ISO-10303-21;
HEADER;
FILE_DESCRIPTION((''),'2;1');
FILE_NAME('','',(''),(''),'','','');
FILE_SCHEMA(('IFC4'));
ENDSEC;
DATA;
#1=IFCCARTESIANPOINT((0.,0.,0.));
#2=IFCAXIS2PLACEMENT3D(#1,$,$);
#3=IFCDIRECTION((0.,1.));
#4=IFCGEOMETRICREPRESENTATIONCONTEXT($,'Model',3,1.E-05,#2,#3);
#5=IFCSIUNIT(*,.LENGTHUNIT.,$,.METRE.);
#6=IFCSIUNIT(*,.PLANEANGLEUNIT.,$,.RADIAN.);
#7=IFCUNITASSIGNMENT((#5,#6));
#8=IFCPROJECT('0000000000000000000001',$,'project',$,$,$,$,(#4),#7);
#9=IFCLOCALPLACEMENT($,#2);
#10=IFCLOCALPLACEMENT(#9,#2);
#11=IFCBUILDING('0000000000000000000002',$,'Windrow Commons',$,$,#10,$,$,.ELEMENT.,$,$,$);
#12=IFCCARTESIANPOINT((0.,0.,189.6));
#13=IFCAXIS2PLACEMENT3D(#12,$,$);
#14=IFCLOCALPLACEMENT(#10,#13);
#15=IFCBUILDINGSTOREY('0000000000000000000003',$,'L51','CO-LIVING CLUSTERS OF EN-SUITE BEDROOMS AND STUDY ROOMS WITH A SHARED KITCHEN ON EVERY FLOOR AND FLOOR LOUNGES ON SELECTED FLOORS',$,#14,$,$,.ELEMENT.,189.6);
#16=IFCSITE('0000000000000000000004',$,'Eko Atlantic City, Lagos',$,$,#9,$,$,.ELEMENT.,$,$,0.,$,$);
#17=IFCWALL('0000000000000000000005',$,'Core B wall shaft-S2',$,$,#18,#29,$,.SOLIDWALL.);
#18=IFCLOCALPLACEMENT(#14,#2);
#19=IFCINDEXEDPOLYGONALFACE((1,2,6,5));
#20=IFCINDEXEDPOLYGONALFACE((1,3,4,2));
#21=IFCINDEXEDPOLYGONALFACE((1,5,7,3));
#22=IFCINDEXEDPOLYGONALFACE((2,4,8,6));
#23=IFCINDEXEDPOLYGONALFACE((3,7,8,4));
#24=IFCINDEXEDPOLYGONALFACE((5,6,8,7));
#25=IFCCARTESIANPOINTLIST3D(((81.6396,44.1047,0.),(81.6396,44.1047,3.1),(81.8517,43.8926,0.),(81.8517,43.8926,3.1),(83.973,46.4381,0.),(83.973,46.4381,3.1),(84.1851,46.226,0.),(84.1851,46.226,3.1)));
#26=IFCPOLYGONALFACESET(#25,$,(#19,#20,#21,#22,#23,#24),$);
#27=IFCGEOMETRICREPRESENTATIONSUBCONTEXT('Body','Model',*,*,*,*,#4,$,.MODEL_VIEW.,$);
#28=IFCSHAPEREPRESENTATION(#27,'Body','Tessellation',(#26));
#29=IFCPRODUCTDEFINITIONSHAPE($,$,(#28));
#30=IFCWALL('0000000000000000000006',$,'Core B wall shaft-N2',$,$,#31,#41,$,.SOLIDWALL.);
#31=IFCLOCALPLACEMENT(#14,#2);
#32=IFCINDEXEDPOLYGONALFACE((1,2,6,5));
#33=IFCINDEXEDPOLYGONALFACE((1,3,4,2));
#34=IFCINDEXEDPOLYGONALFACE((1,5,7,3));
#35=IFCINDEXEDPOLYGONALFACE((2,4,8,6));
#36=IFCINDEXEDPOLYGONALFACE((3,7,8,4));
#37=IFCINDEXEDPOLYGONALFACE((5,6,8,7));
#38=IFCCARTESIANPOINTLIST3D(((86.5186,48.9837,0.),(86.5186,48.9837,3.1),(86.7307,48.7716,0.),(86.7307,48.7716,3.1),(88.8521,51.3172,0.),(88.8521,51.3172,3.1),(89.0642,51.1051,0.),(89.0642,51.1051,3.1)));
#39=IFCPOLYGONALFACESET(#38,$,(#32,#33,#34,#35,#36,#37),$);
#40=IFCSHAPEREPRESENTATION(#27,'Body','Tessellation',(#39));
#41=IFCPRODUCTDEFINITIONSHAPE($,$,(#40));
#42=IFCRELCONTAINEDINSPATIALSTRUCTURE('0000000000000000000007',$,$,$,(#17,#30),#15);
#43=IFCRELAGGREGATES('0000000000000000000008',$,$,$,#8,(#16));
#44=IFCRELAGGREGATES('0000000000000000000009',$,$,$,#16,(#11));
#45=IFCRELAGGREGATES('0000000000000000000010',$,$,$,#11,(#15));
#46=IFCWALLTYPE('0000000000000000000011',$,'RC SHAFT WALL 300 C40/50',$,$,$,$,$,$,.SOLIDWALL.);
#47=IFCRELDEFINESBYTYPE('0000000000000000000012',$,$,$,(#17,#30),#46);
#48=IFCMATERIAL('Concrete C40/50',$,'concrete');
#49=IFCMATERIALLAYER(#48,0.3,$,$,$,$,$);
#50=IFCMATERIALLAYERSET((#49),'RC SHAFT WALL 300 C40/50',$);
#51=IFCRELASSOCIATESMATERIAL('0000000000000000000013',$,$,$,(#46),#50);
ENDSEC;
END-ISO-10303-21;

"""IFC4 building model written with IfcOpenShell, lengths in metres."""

from ifc_helpers import new_model, si_unit, direction, frame, frame_2d, origin, place, context, subcontext, project, spatial, rectangle, extrude, material, layer, layer_set, type_object, element, save


model = new_model("IFC4")

# Units and contexts
model_context = context("Model", 3, precision=1e-05, world=origin(), true_north=direction((0.0, 1.0)))
body_context = subcontext(model_context, "Body", "Model", "MODEL_VIEW")
ifc_project = project(units=[si_unit("LENGTHUNIT", "METRE"), si_unit("PLANEANGLEUNIT", "RADIAN")], contexts=[model_context])

# Site, building, storey
site_placement = place(None, origin())
site = spatial("IfcSite", under=ifc_project, at=site_placement, Name="Eko Atlantic City, Lagos", CompositionType="ELEMENT", RefElevation=0.0)
building_placement = place(site_placement, origin())
building = spatial("IfcBuilding", under=site, at=building_placement, Name="Windrow Commons", CompositionType="ELEMENT")
storey_placement = place(building_placement, frame((0.0, 0.0, 189.6)))
storey = spatial("IfcBuildingStorey", under=building, at=storey_placement, Name="L51", Description="CO-LIVING CLUSTERS OF EN-SUITE BEDROOMS AND STUDY ROOMS WITH A SHARED KITCHEN ON EVERY FLOOR AND FLOOR LOUNGES ON SELECTED FLOORS", CompositionType="ELEMENT", Elevation=189.6)

# Walls
ifc_material_1 = material(Name="Concrete C40/50", Category="concrete")
ifc_layer_1 = layer(ifc_material_1, 0.3)
ifc_layer_set_1 = layer_set([ifc_layer_1], Name="RC SHAFT WALL 300 C40/50")
wall_type_1 = type_object("IfcWallType", Name="RC SHAFT WALL 300 C40/50", PredefinedType="SOLIDWALL", material=ifc_layer_set_1)
wall_1_placement = place(storey_placement, frame((81.7456, 43.9986, 0.0), z_axis=(0.0, 0.0, 1.0), x_axis=(0.707107, 0.707107, 0.0)))
element("IfcWall", 1, at=wall_1_placement, inside=storey, type_object=wall_type_1, Name="Core B wall shaft-S2", PredefinedType="SOLIDWALL", context=body_context, shape_type="SweptSolid", body=[
    extrude(rectangle(XDim=3.2999, YDim=0.3, at=frame_2d((1.65, 0.0))), origin(), (0.0, 0.0, 1.0), 3.1),
])
wall_2_placement = place(storey_placement, frame((86.6246, 48.8776, 0.0), z_axis=(0.0, 0.0, 1.0), x_axis=(0.707107, 0.707107, 0.0)))
element("IfcWall", 2, at=wall_2_placement, inside=storey, type_object=wall_type_1, Name="Core B wall shaft-N2", PredefinedType="SOLIDWALL", context=body_context, shape_type="SweptSolid", body=[
    extrude(rectangle(XDim=3.3001, YDim=0.3, at=frame_2d((1.6501, 0.0))), origin(), (0.0, 0.0, 1.0), 3.1),
])

save(model, "model.ifc")
